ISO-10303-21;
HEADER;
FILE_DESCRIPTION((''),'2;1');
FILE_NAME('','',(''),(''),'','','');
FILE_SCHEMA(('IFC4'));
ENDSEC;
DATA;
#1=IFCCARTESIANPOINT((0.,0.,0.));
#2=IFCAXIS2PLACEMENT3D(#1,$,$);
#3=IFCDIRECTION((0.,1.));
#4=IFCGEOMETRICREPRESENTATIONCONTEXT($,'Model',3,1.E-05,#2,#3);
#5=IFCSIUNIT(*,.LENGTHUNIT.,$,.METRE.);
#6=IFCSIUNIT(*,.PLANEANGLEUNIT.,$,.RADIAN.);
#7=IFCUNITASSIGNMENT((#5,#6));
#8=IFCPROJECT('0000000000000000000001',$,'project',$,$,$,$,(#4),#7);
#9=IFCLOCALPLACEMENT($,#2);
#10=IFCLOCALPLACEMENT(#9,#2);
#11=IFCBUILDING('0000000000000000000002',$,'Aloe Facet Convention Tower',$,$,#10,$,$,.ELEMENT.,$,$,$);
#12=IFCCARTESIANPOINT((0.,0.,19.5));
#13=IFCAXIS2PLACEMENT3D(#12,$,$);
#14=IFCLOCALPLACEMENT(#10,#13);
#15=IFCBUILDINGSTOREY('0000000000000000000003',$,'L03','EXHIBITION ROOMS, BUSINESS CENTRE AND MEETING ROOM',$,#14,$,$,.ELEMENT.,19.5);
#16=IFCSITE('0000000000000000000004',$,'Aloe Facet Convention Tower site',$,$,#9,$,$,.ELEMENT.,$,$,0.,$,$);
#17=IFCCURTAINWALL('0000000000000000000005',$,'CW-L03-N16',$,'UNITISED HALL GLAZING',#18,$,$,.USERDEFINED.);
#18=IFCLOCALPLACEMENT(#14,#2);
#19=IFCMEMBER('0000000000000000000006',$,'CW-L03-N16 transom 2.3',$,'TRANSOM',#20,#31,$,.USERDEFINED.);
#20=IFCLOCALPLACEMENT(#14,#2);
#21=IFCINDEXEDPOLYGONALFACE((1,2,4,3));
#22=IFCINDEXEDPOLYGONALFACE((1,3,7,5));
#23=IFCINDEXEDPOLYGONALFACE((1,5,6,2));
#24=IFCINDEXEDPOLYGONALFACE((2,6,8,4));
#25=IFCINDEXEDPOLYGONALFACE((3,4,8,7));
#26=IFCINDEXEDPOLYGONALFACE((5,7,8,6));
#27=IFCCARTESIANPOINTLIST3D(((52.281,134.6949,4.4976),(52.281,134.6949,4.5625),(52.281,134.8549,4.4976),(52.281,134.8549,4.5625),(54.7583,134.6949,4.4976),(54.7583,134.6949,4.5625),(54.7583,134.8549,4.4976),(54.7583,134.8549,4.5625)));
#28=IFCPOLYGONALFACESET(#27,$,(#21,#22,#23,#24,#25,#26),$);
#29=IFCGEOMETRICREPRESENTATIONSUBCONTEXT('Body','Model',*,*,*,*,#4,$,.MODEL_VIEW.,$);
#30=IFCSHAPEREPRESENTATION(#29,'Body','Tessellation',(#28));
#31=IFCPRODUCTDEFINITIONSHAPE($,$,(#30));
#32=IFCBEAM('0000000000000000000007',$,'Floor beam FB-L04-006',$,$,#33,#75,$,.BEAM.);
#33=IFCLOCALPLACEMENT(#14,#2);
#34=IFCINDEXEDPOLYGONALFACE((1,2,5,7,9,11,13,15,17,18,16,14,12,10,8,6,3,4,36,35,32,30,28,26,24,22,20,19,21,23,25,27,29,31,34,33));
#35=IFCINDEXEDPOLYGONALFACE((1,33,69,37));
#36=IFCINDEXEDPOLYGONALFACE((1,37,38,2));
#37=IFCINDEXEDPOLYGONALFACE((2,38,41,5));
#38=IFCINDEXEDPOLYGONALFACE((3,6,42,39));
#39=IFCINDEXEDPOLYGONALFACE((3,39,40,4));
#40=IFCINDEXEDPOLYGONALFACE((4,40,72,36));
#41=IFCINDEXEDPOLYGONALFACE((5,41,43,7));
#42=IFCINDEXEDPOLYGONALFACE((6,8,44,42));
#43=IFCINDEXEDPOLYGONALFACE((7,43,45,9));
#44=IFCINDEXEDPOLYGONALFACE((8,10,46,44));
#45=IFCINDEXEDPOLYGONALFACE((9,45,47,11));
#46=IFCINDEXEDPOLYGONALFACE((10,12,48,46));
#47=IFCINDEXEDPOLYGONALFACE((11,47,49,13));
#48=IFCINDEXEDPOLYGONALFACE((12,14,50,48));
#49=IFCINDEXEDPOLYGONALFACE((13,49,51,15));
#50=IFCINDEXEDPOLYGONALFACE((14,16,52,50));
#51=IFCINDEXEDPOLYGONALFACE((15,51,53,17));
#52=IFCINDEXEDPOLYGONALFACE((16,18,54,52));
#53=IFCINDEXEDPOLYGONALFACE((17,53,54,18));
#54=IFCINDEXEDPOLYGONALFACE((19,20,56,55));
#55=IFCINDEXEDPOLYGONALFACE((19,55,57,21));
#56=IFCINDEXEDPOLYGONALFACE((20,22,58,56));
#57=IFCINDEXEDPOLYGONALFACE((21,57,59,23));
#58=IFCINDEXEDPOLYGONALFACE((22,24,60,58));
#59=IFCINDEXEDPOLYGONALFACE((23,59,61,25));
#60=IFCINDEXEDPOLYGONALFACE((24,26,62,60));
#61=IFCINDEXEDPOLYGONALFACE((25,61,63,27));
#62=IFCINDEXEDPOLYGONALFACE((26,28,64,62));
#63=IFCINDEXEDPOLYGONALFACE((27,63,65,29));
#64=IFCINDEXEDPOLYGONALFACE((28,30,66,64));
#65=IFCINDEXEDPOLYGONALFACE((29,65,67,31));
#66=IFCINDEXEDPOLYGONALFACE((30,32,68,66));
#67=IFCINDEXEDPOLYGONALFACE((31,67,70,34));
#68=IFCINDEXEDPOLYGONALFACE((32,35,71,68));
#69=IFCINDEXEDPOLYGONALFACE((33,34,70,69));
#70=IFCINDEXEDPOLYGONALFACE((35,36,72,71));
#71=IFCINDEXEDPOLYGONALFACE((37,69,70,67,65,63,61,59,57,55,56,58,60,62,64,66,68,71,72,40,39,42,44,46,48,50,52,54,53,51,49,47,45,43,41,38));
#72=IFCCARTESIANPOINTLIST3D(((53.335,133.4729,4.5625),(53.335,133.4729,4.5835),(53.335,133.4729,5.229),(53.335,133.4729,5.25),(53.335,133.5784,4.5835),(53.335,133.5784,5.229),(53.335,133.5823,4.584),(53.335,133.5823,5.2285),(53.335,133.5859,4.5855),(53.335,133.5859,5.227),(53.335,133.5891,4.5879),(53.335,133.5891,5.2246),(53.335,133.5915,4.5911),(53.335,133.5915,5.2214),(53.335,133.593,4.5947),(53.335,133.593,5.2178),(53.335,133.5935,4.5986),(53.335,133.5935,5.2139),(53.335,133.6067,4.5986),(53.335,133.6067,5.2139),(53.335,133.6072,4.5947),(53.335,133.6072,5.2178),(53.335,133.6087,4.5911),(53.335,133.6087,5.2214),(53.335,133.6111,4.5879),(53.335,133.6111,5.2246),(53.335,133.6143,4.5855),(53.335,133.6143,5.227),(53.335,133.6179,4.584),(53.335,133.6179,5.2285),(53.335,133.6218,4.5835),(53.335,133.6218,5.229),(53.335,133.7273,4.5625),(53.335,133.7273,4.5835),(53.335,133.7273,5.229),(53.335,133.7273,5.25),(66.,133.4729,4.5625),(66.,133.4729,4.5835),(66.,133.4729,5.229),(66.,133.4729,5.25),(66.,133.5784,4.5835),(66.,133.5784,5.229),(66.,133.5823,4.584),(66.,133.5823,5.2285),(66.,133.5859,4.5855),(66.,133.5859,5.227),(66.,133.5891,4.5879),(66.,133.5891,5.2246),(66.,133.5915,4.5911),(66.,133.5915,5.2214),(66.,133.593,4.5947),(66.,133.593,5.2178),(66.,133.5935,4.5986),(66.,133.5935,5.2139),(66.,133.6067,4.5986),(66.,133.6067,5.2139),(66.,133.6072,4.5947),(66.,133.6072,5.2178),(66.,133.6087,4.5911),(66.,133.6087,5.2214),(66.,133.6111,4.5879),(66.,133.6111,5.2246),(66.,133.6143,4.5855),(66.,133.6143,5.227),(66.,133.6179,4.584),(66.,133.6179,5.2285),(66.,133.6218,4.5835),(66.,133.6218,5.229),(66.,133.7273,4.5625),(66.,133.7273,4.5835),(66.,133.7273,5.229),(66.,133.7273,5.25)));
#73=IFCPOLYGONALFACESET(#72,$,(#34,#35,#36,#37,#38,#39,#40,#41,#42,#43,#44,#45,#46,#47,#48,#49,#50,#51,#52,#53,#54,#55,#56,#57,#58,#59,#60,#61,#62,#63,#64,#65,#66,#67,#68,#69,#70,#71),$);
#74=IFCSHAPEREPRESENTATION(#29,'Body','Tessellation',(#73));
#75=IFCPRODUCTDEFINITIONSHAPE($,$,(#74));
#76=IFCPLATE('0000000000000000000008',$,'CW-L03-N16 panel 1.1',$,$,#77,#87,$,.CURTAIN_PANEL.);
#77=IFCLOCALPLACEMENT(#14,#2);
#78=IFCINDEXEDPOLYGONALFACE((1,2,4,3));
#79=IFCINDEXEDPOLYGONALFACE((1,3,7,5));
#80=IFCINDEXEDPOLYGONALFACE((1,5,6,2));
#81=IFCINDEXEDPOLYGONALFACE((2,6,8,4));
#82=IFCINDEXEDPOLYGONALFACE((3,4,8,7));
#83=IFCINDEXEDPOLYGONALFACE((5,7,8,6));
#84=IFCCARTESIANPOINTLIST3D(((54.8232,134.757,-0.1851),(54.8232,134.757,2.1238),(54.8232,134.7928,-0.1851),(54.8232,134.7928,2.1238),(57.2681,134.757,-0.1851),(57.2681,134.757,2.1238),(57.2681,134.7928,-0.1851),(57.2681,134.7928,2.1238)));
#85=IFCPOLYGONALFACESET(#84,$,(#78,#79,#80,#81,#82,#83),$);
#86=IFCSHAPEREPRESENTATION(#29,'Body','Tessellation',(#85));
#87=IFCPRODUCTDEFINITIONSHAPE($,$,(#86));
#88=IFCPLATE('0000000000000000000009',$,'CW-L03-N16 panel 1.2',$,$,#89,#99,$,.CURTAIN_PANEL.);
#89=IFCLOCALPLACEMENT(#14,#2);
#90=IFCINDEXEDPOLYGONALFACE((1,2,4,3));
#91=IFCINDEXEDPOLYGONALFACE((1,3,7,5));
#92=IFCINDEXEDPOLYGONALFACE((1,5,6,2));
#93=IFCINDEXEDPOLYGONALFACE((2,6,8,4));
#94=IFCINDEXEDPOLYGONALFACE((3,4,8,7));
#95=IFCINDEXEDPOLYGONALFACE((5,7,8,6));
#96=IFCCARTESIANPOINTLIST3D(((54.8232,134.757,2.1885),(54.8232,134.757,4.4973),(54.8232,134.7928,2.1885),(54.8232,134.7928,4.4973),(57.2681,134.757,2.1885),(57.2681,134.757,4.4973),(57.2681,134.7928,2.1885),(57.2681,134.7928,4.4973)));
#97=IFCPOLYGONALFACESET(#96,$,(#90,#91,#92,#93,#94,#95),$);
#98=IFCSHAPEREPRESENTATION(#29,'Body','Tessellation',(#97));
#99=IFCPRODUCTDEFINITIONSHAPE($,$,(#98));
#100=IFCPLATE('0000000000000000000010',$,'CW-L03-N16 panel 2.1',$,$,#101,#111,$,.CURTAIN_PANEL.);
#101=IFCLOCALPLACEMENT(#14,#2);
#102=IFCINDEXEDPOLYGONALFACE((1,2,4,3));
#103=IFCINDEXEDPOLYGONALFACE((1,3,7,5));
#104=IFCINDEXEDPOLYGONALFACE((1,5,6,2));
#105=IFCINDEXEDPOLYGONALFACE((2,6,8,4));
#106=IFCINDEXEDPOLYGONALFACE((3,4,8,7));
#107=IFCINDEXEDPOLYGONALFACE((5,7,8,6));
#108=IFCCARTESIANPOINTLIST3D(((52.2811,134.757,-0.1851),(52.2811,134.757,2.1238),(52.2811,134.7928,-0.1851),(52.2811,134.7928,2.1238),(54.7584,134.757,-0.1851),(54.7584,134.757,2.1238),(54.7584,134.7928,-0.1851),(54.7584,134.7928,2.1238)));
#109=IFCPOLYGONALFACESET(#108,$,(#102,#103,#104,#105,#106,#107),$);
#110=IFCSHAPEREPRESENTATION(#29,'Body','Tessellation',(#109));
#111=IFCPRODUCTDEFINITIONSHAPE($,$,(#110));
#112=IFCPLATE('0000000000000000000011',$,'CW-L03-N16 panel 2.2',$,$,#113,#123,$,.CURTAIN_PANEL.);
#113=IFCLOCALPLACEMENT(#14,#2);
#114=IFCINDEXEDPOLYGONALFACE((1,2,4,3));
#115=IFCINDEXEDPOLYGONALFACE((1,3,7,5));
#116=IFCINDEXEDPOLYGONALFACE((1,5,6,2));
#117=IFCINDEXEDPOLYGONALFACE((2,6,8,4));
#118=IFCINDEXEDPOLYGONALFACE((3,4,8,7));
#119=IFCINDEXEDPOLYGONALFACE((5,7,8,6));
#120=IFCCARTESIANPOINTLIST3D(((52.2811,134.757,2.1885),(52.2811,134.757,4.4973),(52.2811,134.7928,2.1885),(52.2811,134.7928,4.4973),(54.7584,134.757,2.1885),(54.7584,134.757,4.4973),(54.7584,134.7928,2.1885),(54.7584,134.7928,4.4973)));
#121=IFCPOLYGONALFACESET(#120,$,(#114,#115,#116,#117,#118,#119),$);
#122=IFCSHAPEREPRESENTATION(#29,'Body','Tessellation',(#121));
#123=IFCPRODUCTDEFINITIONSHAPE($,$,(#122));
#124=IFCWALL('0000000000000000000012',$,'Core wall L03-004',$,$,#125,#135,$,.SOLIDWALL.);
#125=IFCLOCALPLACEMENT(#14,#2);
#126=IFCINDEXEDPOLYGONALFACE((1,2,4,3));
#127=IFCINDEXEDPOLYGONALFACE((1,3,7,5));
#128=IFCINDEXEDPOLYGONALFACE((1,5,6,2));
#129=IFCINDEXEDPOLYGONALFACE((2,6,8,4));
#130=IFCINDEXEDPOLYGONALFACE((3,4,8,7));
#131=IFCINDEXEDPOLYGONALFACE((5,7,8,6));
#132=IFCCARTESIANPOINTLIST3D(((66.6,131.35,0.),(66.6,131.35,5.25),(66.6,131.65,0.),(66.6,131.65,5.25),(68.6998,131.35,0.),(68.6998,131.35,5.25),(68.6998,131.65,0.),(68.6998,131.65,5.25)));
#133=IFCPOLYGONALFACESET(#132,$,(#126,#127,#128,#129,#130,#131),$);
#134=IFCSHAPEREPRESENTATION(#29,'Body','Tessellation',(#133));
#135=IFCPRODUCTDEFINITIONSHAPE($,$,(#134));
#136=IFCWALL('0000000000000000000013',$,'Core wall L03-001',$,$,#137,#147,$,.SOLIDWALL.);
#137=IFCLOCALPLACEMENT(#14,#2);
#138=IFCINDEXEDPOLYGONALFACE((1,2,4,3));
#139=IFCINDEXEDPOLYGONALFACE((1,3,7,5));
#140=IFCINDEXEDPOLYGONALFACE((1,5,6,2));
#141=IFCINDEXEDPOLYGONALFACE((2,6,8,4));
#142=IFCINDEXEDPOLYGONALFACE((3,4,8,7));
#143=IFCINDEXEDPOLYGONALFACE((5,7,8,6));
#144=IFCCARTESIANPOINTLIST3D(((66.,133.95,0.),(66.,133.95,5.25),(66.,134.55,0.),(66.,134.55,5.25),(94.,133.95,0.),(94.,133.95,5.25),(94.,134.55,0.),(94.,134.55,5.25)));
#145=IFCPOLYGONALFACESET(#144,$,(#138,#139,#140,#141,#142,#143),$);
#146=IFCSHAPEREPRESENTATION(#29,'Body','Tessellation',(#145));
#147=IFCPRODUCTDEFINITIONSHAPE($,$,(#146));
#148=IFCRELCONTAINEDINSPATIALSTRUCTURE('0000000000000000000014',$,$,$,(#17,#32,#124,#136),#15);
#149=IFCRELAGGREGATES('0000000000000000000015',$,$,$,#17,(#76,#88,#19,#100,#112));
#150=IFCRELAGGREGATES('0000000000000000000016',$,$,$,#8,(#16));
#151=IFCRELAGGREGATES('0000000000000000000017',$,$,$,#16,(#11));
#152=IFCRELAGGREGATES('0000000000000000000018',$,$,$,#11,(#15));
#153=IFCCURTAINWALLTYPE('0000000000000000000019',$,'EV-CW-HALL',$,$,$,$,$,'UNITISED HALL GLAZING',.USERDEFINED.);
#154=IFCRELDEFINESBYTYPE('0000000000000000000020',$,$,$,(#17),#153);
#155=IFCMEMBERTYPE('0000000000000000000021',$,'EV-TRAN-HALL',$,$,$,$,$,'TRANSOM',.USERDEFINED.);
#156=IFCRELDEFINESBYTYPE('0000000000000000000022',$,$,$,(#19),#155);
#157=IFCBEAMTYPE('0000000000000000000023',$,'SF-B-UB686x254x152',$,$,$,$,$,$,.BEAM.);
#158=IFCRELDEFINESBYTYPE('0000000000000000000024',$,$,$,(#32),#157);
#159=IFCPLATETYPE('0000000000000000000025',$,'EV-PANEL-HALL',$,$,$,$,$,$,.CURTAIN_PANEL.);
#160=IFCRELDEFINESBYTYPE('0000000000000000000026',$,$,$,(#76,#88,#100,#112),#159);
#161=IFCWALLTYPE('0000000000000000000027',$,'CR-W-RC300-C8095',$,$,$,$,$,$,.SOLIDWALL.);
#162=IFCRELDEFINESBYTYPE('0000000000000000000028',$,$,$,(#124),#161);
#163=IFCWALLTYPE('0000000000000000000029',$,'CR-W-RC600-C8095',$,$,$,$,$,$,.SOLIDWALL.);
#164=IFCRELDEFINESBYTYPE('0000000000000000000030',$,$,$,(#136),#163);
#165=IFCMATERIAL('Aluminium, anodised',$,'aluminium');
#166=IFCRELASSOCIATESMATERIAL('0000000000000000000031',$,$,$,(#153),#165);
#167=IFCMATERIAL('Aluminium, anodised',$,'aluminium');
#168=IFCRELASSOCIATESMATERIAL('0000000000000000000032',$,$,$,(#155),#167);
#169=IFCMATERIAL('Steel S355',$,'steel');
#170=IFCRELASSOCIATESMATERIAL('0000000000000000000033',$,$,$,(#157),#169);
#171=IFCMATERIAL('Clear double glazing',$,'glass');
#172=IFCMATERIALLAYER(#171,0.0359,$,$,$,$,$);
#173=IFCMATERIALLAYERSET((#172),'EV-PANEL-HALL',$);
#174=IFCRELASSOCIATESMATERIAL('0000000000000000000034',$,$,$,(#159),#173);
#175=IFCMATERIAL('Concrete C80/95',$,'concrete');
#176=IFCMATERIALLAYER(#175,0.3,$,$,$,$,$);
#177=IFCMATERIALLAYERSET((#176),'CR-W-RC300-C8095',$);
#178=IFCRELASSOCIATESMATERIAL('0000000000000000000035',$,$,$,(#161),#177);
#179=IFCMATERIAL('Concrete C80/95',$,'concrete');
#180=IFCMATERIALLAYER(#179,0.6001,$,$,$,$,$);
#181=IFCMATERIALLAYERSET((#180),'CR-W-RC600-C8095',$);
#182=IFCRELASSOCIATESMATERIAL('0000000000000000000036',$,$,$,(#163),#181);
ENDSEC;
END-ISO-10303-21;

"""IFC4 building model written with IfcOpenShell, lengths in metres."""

from ifc_helpers import new_model, si_unit, direction, frame, frame_2d, origin, origin_2d, place, context, subcontext, project, spatial, rectangle, i_section, extrude, material, layer, layer_set, material_profile, profile_set, type_object, element, aggregate, save


model = new_model("IFC4")

# Units and contexts
model_context = context("Model", 3, precision=1e-05, world=origin(), true_north=direction((0.0, 1.0)))
body_context = subcontext(model_context, "Body", "Model", "MODEL_VIEW")
ifc_project = project(units=[si_unit("LENGTHUNIT", "METRE"), si_unit("PLANEANGLEUNIT", "RADIAN")], contexts=[model_context])

# Site, building, storey
site_placement = place(None, origin())
site = spatial("IfcSite", under=ifc_project, at=site_placement, Name="Aloe Facet Convention Tower site", CompositionType="ELEMENT", RefElevation=0.0)
building_placement = place(site_placement, origin())
building = spatial("IfcBuilding", under=site, at=building_placement, Name="Aloe Facet Convention Tower", CompositionType="ELEMENT")
storey_placement = place(building_placement, frame((0.0, 0.0, 19.5)))
storey = spatial("IfcBuildingStorey", under=building, at=storey_placement, Name="L03", Description="EXHIBITION ROOMS, BUSINESS CENTRE AND MEETING ROOM", CompositionType="ELEMENT", Elevation=19.5)

# Curtain wall, member
ifc_material_1 = material(Name="Aluminium, anodised", Category="aluminium")
curtain_wall_type = type_object("IfcCurtainWallType", Name="EV-CW-HALL", ElementType="UNITISED HALL GLAZING", PredefinedType="USERDEFINED", material=ifc_material_1)
curtain_wall_placement = place(storey_placement, origin())
curtain_wall = element("IfcCurtainWall", 1, at=curtain_wall_placement, inside=storey, type_object=curtain_wall_type, Name="CW-L03-N16", ObjectType="UNITISED HALL GLAZING", PredefinedType="USERDEFINED")
ifc_material_2 = material(Name="Aluminium, anodised", Category="aluminium")
ifc_material_profile_1 = material_profile(ifc_material_2, rectangle(XDim=0.1599, YDim=0.0649, at=origin_2d()), Name="AL 160x65")
ifc_profile_set_1 = profile_set([ifc_material_profile_1], Name="Aluminium, anodised")
member_type_1 = type_object("IfcMemberType", Name="EV-TRAN-HALL", ElementType="TRANSOM", PredefinedType="USERDEFINED", material=ifc_profile_set_1)
member_1_placement = place(storey_placement, frame((54.7583, 134.7749, 4.53), z_axis=(-1.0, 0.0, 0.0), x_axis=(0.0, -1.0, 0.0)))
member_1 = element("IfcMember", 2, at=member_1_placement, type_object=member_type_1, Name="CW-L03-N16 transom 2.3", ObjectType="TRANSOM", PredefinedType="USERDEFINED", context=body_context, shape_type="SweptSolid", body=[
    extrude(rectangle(XDim=0.1599, YDim=0.0649, at=origin_2d()), origin(), (0.0, 0.0, 1.0), 2.4773),
])

# Beam
ifc_material_3 = material(Name="Steel S355", Category="steel")
ifc_material_profile_2 = material_profile(ifc_material_3, i_section(OverallWidth=0.2544, OverallDepth=0.6875, WebThickness=0.0132, FlangeThickness=0.021, FilletRadius=0.0151, at=origin_2d()), Name="UB 686x254x152")
ifc_profile_set_2 = profile_set([ifc_material_profile_2], Name="Steel S355")
beam_type_1 = type_object("IfcBeamType", Name="SF-B-UB686x254x152", PredefinedType="BEAM", material=ifc_profile_set_2)
beam_1_placement = place(storey_placement, frame((53.335, 133.6001, 4.9062), z_axis=(1.0, 0.0, 0.0), x_axis=(0.0, 1.0, 0.0)))
element("IfcBeam", 3, at=beam_1_placement, inside=storey, type_object=beam_type_1, Name="Floor beam FB-L04-006", PredefinedType="BEAM", context=body_context, shape_type="SweptSolid", body=[
    extrude(i_section(OverallWidth=0.2544, OverallDepth=0.6875, WebThickness=0.0132, FlangeThickness=0.021, FilletRadius=0.0151, at=origin_2d()), origin(), (0.0, 0.0, 1.0), 12.665),
])

# Plates
ifc_material_4 = material(Name="Clear double glazing", Category="glass")
ifc_layer_1 = layer(ifc_material_4, 0.0359)
ifc_layer_set_1 = layer_set([ifc_layer_1], Name="EV-PANEL-HALL")
plate_type = type_object("IfcPlateType", Name="EV-PANEL-HALL", PredefinedType="CURTAIN_PANEL", material=ifc_layer_set_1)
plate_1_placement = place(storey_placement, frame((56.0457, 134.7749, -0.1851), z_axis=(0.0, 0.0, 1.0), x_axis=(-1.0, 0.0, 0.0)))
plate_1 = element("IfcPlate", 4, at=plate_1_placement, type_object=plate_type, Name="CW-L03-N16 panel 1.1", PredefinedType="CURTAIN_PANEL", context=body_context, shape_type="SweptSolid", body=[
    extrude(rectangle(XDim=2.4448, YDim=0.0359, at=origin_2d()), origin(), (0.0, 0.0, 1.0), 2.3088),
])
plate_2_placement = place(storey_placement, frame((56.0457, 134.7749, 2.1885), z_axis=(0.0, 0.0, 1.0), x_axis=(-1.0, 0.0, 0.0)))
plate_2 = element("IfcPlate", 5, at=plate_2_placement, type_object=plate_type, Name="CW-L03-N16 panel 1.2", PredefinedType="CURTAIN_PANEL", context=body_context, shape_type="SweptSolid", body=[
    extrude(rectangle(XDim=2.4448, YDim=0.0359, at=origin_2d()), origin(), (0.0, 0.0, 1.0), 2.3088),
])
plate_3_placement = place(storey_placement, frame((53.5198, 134.7749, -0.1851), z_axis=(0.0, 0.0, 1.0), x_axis=(-1.0, 0.0, 0.0)))
plate_3 = element("IfcPlate", 6, at=plate_3_placement, type_object=plate_type, Name="CW-L03-N16 panel 2.1", PredefinedType="CURTAIN_PANEL", context=body_context, shape_type="SweptSolid", body=[
    extrude(rectangle(XDim=2.4773, YDim=0.0359, at=origin_2d()), origin(), (0.0, 0.0, 1.0), 2.3088),
])
plate_4_placement = place(storey_placement, frame((53.5198, 134.7749, 2.1885), z_axis=(0.0, 0.0, 1.0), x_axis=(-1.0, 0.0, 0.0)))
plate_4 = element("IfcPlate", 7, at=plate_4_placement, type_object=plate_type, Name="CW-L03-N16 panel 2.2", PredefinedType="CURTAIN_PANEL", context=body_context, shape_type="SweptSolid", body=[
    extrude(rectangle(XDim=2.4773, YDim=0.0359, at=origin_2d()), origin(), (0.0, 0.0, 1.0), 2.3088),
])
aggregate(curtain_wall, [plate_1, plate_2, member_1, plate_3, plate_4])

# Walls
ifc_material_5 = material(Name="Concrete C80/95", Category="concrete")
ifc_layer_2 = layer(ifc_material_5, 0.3)
ifc_layer_set_2 = layer_set([ifc_layer_2], Name="CR-W-RC300-C8095")
wall_type_1 = type_object("IfcWallType", Name="CR-W-RC300-C8095", PredefinedType="SOLIDWALL", material=ifc_layer_set_2)
wall_1_placement = place(storey_placement, frame((66.6001, 131.5, 0.0), z_axis=(0.0, 0.0, 1.0), x_axis=(1.0, 0.0, 0.0)))
element("IfcWall", 8, at=wall_1_placement, inside=storey, type_object=wall_type_1, Name="Core wall L03-004", PredefinedType="SOLIDWALL", context=body_context, shape_type="SweptSolid", body=[
    extrude(rectangle(XDim=2.0999, YDim=0.3, at=frame_2d((1.0498, 0.0))), origin(), (0.0, 0.0, 1.0), 5.25),
])
ifc_material_6 = material(Name="Concrete C80/95", Category="concrete")
ifc_layer_3 = layer(ifc_material_6, 0.6001)
ifc_layer_set_3 = layer_set([ifc_layer_3], Name="CR-W-RC600-C8095")
wall_type_2 = type_object("IfcWallType", Name="CR-W-RC600-C8095", PredefinedType="SOLIDWALL", material=ifc_layer_set_3)
wall_2_placement = place(storey_placement, frame((66.0, 134.25, 0.0), z_axis=(0.0, 0.0, 1.0), x_axis=(1.0, 0.0, 0.0)))
element("IfcWall", 9, at=wall_2_placement, inside=storey, type_object=wall_type_2, Name="Core wall L03-001", PredefinedType="SOLIDWALL", context=body_context, shape_type="SweptSolid", body=[
    extrude(rectangle(XDim=28.0, YDim=0.6001, at=frame_2d((14.0, 0.0))), origin(), (0.0, 0.0, 1.0), 5.25),
])

save(model, "model.ifc")
